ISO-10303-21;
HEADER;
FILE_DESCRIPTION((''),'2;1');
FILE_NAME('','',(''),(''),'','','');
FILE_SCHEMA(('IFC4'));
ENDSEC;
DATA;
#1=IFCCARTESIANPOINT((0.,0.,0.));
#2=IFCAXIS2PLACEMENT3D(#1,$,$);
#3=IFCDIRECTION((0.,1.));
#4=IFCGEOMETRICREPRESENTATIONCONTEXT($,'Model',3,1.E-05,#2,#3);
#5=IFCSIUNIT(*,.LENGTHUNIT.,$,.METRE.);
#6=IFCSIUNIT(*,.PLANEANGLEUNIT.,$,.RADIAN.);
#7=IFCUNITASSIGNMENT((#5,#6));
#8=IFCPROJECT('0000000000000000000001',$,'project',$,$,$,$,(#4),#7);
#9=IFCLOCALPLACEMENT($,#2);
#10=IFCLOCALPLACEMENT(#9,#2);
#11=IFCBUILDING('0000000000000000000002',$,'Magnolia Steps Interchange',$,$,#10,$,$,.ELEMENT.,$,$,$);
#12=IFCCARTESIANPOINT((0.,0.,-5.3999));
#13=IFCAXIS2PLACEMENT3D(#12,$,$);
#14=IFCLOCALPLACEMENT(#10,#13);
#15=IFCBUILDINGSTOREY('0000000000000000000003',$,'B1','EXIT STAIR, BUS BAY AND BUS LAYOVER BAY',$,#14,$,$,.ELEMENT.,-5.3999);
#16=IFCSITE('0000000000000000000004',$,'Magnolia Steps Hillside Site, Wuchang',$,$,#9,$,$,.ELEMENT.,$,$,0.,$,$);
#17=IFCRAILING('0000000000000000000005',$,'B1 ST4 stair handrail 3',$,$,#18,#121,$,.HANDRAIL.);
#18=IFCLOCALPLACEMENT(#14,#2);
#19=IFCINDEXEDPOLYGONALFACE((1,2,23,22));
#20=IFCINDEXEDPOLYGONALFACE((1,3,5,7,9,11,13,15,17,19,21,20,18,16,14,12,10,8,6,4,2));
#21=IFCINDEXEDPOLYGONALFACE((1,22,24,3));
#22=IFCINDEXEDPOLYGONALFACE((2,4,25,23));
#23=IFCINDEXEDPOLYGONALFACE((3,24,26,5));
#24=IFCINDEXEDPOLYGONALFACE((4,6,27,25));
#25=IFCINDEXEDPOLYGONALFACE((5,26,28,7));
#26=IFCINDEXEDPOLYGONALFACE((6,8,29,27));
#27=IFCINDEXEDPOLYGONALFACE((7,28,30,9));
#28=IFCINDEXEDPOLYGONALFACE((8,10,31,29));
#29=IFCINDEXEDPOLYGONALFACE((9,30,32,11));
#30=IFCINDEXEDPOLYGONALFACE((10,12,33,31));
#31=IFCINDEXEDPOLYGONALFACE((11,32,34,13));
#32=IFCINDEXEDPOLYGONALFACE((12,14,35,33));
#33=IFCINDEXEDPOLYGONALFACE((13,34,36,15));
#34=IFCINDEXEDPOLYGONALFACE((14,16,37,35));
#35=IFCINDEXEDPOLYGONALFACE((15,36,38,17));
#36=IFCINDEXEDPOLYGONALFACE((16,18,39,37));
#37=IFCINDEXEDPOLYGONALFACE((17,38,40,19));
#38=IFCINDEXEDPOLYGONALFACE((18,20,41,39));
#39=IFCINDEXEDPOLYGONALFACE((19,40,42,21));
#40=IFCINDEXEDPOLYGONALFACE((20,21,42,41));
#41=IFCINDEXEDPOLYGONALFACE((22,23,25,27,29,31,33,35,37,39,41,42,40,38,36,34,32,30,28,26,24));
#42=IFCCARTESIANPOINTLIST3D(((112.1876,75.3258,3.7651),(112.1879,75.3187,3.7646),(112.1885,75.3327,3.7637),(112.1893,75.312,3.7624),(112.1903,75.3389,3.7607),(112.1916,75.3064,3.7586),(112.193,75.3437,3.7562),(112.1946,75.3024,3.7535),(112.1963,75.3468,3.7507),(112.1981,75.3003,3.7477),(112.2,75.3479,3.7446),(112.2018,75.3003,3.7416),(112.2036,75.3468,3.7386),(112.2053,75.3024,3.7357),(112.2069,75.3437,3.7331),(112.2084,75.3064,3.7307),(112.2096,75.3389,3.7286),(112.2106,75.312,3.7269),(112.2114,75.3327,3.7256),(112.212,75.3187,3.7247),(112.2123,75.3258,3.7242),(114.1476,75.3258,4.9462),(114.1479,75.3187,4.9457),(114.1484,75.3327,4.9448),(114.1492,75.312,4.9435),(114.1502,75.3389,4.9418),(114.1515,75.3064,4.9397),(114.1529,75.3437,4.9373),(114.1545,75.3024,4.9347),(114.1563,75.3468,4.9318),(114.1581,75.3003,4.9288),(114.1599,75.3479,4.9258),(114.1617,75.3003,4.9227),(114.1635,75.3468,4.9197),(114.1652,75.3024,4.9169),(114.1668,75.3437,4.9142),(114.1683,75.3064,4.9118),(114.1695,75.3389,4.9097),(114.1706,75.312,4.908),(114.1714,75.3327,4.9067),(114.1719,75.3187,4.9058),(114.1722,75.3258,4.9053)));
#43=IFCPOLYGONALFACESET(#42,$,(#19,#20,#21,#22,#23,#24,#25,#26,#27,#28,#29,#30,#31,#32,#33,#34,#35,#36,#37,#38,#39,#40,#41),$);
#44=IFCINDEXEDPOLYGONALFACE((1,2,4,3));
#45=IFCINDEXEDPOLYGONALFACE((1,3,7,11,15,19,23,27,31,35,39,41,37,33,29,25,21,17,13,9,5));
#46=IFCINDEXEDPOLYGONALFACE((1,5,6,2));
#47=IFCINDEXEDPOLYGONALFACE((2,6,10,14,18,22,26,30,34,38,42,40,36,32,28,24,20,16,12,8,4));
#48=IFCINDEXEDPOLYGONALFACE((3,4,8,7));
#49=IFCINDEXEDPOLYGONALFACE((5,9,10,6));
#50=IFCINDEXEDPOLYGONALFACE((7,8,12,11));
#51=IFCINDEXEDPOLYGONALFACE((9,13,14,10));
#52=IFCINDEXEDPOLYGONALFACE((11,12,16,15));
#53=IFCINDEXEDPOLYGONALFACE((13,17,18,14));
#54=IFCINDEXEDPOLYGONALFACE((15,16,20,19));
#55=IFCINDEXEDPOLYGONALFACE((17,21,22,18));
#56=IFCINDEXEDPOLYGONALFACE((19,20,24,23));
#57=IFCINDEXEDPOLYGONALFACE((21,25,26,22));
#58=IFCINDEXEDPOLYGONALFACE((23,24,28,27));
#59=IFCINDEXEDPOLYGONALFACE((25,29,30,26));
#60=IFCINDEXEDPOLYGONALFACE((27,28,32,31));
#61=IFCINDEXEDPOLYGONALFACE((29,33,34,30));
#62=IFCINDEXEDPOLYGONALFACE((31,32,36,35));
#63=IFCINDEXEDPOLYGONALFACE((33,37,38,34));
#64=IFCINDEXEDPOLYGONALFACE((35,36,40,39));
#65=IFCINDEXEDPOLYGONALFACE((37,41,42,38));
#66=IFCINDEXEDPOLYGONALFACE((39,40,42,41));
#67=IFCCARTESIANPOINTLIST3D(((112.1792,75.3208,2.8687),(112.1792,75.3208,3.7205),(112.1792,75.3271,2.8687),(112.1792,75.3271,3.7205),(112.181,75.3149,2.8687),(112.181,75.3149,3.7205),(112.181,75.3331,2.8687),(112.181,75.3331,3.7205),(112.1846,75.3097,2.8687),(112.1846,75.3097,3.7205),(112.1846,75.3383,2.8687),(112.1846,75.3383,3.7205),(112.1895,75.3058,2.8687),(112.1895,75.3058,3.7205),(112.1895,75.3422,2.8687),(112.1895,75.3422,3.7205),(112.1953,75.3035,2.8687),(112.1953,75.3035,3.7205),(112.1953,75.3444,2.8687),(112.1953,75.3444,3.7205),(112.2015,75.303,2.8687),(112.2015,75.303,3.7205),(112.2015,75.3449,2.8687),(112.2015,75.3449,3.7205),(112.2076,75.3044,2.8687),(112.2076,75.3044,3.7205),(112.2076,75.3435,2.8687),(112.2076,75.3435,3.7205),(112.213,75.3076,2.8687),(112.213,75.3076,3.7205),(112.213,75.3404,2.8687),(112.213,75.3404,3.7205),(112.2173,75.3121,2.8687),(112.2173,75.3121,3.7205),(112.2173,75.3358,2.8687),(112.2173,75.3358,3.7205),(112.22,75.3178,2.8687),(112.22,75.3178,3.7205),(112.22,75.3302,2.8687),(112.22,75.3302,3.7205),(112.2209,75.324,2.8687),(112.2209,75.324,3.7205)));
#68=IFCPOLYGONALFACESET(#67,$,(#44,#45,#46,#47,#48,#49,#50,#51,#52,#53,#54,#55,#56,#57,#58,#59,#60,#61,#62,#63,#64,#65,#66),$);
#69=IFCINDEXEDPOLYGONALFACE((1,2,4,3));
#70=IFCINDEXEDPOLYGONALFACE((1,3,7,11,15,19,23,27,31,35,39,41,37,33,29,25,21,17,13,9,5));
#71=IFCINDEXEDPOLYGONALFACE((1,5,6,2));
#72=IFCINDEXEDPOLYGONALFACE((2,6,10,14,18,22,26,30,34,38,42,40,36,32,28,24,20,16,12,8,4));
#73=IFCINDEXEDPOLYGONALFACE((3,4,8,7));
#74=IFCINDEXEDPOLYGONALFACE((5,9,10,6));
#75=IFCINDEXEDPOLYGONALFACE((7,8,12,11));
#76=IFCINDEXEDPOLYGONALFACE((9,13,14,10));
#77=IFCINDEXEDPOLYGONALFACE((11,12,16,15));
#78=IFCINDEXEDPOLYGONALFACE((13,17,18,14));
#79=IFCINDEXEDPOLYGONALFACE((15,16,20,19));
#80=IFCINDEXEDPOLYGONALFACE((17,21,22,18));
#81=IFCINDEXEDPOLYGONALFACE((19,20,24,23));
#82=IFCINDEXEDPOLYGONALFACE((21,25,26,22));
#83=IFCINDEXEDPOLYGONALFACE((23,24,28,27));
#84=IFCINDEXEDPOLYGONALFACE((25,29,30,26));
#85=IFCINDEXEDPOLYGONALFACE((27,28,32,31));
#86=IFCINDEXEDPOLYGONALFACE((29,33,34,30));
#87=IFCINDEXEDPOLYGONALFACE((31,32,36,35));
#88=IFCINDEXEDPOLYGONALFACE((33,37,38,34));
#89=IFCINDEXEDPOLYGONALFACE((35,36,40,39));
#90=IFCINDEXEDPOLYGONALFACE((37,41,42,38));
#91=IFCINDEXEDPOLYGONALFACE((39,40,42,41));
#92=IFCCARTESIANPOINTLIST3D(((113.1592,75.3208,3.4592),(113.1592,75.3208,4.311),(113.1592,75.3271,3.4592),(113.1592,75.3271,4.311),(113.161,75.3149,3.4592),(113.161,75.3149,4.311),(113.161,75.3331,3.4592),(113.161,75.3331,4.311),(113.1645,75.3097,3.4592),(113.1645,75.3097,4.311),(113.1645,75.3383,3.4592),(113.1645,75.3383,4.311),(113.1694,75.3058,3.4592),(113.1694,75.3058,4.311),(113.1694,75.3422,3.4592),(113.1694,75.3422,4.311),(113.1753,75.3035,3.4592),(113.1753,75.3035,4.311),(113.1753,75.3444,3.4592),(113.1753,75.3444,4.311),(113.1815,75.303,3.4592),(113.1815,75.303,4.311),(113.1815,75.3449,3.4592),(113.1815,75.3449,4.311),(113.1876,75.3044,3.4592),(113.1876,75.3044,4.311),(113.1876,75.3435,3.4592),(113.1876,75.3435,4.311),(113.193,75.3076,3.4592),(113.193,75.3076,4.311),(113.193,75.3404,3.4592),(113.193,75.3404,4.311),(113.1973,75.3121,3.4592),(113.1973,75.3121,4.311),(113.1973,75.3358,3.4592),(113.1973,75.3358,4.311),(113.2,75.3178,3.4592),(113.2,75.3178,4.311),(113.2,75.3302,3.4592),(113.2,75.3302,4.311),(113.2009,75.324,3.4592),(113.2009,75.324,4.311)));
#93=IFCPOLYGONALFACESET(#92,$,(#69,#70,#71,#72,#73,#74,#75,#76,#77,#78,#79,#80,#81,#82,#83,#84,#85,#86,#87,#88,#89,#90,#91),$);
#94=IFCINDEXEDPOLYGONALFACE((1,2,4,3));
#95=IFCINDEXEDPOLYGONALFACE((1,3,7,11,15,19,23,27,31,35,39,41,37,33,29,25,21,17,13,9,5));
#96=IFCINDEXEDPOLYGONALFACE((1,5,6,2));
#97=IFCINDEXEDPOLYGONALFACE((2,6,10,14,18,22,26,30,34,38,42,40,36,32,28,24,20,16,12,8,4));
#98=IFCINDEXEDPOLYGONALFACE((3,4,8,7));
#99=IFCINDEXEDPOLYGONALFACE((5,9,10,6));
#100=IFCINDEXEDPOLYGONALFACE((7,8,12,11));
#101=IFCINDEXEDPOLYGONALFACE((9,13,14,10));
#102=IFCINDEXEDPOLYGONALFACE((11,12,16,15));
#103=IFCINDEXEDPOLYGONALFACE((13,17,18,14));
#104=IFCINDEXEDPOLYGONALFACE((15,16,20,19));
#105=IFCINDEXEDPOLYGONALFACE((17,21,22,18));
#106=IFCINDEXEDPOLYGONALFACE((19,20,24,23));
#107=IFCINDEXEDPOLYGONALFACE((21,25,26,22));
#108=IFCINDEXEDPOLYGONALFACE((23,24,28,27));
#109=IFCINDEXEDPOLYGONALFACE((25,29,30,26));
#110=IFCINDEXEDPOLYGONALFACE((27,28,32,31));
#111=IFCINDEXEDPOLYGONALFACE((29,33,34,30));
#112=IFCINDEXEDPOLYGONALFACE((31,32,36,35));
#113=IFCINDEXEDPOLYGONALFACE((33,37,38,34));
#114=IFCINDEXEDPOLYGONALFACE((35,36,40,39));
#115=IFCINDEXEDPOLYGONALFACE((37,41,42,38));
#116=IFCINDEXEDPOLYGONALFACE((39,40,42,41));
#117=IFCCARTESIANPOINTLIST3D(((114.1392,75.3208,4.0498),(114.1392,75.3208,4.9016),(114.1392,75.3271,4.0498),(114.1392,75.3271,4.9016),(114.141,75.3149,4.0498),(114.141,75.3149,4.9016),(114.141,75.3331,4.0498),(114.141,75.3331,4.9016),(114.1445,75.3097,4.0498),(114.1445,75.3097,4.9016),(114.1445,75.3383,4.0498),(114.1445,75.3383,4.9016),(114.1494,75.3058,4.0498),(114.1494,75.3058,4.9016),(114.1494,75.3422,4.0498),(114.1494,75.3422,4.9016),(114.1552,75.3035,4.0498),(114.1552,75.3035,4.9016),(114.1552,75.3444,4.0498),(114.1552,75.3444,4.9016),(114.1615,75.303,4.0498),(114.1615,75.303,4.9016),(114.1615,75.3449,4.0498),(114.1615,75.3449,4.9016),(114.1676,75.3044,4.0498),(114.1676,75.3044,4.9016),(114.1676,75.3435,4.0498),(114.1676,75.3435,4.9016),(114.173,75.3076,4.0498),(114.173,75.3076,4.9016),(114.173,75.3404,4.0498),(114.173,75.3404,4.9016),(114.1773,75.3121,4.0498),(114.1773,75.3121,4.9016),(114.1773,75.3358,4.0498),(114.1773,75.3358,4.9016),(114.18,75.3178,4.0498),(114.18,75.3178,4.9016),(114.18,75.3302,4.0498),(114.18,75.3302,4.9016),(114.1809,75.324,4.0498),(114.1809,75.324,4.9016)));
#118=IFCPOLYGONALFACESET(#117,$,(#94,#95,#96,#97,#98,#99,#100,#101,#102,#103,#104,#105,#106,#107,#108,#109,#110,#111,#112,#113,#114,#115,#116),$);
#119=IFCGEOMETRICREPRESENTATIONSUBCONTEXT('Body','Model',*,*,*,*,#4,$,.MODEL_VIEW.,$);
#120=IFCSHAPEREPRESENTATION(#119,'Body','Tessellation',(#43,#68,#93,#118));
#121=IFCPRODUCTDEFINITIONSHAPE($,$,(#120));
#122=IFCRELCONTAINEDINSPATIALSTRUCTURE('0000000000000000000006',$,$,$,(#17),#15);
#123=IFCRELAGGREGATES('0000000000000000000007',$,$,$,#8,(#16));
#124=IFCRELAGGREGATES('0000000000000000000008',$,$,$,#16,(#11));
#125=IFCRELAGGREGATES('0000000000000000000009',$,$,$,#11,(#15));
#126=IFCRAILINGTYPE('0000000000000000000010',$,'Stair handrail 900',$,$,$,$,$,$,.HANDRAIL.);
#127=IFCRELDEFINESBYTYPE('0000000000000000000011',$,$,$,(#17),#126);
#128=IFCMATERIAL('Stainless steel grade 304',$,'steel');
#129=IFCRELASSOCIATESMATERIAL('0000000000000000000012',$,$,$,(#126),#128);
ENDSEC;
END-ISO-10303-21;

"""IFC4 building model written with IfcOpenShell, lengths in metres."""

from ifc_helpers import new_model, si_unit, direction, frame, origin, origin_2d, place, context, subcontext, project, spatial, circle, extrude, material, type_object, element, save


model = new_model("IFC4")

# Units and contexts
model_context = context("Model", 3, precision=1e-05, world=origin(), true_north=direction((0.0, 1.0)))
body_context = subcontext(model_context, "Body", "Model", "MODEL_VIEW")
ifc_project = project(units=[si_unit("LENGTHUNIT", "METRE"), si_unit("PLANEANGLEUNIT", "RADIAN")], contexts=[model_context])

# Site, building, storey
site_placement = place(None, origin())
site = spatial("IfcSite", under=ifc_project, at=site_placement, Name="Magnolia Steps Hillside Site, Wuchang", CompositionType="ELEMENT", RefElevation=0.0)
building_placement = place(site_placement, origin())
building = spatial("IfcBuilding", under=site, at=building_placement, Name="Magnolia Steps Interchange", CompositionType="ELEMENT")
storey_placement = place(building_placement, frame((0.0, 0.0, -5.3999)))
storey = spatial("IfcBuildingStorey", under=building, at=storey_placement, Name="B1", Description="EXIT STAIR, BUS BAY AND BUS LAYOVER BAY", CompositionType="ELEMENT", Elevation=-5.3999)

# Railing
ifc_material_1 = material(Name="Stainless steel grade 304", Category="steel")
railing_type_1 = type_object("IfcRailingType", Name="Stair handrail 900", PredefinedType="HANDRAIL", material=ifc_material_1)
railing_1_placement = place(storey_placement, frame((112.2, 75.324, 2.8687)))
element("IfcRailing", 1, at=railing_1_placement, inside=storey, type_object=railing_type_1, Name="B1 ST4 stair handrail 3", PredefinedType="HANDRAIL", context=body_context, shape_type="SweptSolid", body=[
    extrude(circle(Radius=0.0239, at=origin_2d()), frame((0.0, 0.0, 0.876), z_axis=(0.856493, 0.0, 0.516158), x_axis=(0.0, 1.0, 0.0)), (0.0, 0.0, 1.0), 2.2883),
    extrude(circle(Radius=0.021, at=origin_2d()), origin(), (0.0, 0.0, 1.0), 0.8518),
    extrude(circle(Radius=0.021, at=origin_2d()), frame((0.98, 0.0, 0.5906)), (0.0, 0.0, 1.0), 0.8518),
    extrude(circle(Radius=0.021, at=origin_2d()), frame((1.96, 0.0, 1.1812)), (0.0, 0.0, 1.0), 0.8518),
])

save(model, "model.ifc")
